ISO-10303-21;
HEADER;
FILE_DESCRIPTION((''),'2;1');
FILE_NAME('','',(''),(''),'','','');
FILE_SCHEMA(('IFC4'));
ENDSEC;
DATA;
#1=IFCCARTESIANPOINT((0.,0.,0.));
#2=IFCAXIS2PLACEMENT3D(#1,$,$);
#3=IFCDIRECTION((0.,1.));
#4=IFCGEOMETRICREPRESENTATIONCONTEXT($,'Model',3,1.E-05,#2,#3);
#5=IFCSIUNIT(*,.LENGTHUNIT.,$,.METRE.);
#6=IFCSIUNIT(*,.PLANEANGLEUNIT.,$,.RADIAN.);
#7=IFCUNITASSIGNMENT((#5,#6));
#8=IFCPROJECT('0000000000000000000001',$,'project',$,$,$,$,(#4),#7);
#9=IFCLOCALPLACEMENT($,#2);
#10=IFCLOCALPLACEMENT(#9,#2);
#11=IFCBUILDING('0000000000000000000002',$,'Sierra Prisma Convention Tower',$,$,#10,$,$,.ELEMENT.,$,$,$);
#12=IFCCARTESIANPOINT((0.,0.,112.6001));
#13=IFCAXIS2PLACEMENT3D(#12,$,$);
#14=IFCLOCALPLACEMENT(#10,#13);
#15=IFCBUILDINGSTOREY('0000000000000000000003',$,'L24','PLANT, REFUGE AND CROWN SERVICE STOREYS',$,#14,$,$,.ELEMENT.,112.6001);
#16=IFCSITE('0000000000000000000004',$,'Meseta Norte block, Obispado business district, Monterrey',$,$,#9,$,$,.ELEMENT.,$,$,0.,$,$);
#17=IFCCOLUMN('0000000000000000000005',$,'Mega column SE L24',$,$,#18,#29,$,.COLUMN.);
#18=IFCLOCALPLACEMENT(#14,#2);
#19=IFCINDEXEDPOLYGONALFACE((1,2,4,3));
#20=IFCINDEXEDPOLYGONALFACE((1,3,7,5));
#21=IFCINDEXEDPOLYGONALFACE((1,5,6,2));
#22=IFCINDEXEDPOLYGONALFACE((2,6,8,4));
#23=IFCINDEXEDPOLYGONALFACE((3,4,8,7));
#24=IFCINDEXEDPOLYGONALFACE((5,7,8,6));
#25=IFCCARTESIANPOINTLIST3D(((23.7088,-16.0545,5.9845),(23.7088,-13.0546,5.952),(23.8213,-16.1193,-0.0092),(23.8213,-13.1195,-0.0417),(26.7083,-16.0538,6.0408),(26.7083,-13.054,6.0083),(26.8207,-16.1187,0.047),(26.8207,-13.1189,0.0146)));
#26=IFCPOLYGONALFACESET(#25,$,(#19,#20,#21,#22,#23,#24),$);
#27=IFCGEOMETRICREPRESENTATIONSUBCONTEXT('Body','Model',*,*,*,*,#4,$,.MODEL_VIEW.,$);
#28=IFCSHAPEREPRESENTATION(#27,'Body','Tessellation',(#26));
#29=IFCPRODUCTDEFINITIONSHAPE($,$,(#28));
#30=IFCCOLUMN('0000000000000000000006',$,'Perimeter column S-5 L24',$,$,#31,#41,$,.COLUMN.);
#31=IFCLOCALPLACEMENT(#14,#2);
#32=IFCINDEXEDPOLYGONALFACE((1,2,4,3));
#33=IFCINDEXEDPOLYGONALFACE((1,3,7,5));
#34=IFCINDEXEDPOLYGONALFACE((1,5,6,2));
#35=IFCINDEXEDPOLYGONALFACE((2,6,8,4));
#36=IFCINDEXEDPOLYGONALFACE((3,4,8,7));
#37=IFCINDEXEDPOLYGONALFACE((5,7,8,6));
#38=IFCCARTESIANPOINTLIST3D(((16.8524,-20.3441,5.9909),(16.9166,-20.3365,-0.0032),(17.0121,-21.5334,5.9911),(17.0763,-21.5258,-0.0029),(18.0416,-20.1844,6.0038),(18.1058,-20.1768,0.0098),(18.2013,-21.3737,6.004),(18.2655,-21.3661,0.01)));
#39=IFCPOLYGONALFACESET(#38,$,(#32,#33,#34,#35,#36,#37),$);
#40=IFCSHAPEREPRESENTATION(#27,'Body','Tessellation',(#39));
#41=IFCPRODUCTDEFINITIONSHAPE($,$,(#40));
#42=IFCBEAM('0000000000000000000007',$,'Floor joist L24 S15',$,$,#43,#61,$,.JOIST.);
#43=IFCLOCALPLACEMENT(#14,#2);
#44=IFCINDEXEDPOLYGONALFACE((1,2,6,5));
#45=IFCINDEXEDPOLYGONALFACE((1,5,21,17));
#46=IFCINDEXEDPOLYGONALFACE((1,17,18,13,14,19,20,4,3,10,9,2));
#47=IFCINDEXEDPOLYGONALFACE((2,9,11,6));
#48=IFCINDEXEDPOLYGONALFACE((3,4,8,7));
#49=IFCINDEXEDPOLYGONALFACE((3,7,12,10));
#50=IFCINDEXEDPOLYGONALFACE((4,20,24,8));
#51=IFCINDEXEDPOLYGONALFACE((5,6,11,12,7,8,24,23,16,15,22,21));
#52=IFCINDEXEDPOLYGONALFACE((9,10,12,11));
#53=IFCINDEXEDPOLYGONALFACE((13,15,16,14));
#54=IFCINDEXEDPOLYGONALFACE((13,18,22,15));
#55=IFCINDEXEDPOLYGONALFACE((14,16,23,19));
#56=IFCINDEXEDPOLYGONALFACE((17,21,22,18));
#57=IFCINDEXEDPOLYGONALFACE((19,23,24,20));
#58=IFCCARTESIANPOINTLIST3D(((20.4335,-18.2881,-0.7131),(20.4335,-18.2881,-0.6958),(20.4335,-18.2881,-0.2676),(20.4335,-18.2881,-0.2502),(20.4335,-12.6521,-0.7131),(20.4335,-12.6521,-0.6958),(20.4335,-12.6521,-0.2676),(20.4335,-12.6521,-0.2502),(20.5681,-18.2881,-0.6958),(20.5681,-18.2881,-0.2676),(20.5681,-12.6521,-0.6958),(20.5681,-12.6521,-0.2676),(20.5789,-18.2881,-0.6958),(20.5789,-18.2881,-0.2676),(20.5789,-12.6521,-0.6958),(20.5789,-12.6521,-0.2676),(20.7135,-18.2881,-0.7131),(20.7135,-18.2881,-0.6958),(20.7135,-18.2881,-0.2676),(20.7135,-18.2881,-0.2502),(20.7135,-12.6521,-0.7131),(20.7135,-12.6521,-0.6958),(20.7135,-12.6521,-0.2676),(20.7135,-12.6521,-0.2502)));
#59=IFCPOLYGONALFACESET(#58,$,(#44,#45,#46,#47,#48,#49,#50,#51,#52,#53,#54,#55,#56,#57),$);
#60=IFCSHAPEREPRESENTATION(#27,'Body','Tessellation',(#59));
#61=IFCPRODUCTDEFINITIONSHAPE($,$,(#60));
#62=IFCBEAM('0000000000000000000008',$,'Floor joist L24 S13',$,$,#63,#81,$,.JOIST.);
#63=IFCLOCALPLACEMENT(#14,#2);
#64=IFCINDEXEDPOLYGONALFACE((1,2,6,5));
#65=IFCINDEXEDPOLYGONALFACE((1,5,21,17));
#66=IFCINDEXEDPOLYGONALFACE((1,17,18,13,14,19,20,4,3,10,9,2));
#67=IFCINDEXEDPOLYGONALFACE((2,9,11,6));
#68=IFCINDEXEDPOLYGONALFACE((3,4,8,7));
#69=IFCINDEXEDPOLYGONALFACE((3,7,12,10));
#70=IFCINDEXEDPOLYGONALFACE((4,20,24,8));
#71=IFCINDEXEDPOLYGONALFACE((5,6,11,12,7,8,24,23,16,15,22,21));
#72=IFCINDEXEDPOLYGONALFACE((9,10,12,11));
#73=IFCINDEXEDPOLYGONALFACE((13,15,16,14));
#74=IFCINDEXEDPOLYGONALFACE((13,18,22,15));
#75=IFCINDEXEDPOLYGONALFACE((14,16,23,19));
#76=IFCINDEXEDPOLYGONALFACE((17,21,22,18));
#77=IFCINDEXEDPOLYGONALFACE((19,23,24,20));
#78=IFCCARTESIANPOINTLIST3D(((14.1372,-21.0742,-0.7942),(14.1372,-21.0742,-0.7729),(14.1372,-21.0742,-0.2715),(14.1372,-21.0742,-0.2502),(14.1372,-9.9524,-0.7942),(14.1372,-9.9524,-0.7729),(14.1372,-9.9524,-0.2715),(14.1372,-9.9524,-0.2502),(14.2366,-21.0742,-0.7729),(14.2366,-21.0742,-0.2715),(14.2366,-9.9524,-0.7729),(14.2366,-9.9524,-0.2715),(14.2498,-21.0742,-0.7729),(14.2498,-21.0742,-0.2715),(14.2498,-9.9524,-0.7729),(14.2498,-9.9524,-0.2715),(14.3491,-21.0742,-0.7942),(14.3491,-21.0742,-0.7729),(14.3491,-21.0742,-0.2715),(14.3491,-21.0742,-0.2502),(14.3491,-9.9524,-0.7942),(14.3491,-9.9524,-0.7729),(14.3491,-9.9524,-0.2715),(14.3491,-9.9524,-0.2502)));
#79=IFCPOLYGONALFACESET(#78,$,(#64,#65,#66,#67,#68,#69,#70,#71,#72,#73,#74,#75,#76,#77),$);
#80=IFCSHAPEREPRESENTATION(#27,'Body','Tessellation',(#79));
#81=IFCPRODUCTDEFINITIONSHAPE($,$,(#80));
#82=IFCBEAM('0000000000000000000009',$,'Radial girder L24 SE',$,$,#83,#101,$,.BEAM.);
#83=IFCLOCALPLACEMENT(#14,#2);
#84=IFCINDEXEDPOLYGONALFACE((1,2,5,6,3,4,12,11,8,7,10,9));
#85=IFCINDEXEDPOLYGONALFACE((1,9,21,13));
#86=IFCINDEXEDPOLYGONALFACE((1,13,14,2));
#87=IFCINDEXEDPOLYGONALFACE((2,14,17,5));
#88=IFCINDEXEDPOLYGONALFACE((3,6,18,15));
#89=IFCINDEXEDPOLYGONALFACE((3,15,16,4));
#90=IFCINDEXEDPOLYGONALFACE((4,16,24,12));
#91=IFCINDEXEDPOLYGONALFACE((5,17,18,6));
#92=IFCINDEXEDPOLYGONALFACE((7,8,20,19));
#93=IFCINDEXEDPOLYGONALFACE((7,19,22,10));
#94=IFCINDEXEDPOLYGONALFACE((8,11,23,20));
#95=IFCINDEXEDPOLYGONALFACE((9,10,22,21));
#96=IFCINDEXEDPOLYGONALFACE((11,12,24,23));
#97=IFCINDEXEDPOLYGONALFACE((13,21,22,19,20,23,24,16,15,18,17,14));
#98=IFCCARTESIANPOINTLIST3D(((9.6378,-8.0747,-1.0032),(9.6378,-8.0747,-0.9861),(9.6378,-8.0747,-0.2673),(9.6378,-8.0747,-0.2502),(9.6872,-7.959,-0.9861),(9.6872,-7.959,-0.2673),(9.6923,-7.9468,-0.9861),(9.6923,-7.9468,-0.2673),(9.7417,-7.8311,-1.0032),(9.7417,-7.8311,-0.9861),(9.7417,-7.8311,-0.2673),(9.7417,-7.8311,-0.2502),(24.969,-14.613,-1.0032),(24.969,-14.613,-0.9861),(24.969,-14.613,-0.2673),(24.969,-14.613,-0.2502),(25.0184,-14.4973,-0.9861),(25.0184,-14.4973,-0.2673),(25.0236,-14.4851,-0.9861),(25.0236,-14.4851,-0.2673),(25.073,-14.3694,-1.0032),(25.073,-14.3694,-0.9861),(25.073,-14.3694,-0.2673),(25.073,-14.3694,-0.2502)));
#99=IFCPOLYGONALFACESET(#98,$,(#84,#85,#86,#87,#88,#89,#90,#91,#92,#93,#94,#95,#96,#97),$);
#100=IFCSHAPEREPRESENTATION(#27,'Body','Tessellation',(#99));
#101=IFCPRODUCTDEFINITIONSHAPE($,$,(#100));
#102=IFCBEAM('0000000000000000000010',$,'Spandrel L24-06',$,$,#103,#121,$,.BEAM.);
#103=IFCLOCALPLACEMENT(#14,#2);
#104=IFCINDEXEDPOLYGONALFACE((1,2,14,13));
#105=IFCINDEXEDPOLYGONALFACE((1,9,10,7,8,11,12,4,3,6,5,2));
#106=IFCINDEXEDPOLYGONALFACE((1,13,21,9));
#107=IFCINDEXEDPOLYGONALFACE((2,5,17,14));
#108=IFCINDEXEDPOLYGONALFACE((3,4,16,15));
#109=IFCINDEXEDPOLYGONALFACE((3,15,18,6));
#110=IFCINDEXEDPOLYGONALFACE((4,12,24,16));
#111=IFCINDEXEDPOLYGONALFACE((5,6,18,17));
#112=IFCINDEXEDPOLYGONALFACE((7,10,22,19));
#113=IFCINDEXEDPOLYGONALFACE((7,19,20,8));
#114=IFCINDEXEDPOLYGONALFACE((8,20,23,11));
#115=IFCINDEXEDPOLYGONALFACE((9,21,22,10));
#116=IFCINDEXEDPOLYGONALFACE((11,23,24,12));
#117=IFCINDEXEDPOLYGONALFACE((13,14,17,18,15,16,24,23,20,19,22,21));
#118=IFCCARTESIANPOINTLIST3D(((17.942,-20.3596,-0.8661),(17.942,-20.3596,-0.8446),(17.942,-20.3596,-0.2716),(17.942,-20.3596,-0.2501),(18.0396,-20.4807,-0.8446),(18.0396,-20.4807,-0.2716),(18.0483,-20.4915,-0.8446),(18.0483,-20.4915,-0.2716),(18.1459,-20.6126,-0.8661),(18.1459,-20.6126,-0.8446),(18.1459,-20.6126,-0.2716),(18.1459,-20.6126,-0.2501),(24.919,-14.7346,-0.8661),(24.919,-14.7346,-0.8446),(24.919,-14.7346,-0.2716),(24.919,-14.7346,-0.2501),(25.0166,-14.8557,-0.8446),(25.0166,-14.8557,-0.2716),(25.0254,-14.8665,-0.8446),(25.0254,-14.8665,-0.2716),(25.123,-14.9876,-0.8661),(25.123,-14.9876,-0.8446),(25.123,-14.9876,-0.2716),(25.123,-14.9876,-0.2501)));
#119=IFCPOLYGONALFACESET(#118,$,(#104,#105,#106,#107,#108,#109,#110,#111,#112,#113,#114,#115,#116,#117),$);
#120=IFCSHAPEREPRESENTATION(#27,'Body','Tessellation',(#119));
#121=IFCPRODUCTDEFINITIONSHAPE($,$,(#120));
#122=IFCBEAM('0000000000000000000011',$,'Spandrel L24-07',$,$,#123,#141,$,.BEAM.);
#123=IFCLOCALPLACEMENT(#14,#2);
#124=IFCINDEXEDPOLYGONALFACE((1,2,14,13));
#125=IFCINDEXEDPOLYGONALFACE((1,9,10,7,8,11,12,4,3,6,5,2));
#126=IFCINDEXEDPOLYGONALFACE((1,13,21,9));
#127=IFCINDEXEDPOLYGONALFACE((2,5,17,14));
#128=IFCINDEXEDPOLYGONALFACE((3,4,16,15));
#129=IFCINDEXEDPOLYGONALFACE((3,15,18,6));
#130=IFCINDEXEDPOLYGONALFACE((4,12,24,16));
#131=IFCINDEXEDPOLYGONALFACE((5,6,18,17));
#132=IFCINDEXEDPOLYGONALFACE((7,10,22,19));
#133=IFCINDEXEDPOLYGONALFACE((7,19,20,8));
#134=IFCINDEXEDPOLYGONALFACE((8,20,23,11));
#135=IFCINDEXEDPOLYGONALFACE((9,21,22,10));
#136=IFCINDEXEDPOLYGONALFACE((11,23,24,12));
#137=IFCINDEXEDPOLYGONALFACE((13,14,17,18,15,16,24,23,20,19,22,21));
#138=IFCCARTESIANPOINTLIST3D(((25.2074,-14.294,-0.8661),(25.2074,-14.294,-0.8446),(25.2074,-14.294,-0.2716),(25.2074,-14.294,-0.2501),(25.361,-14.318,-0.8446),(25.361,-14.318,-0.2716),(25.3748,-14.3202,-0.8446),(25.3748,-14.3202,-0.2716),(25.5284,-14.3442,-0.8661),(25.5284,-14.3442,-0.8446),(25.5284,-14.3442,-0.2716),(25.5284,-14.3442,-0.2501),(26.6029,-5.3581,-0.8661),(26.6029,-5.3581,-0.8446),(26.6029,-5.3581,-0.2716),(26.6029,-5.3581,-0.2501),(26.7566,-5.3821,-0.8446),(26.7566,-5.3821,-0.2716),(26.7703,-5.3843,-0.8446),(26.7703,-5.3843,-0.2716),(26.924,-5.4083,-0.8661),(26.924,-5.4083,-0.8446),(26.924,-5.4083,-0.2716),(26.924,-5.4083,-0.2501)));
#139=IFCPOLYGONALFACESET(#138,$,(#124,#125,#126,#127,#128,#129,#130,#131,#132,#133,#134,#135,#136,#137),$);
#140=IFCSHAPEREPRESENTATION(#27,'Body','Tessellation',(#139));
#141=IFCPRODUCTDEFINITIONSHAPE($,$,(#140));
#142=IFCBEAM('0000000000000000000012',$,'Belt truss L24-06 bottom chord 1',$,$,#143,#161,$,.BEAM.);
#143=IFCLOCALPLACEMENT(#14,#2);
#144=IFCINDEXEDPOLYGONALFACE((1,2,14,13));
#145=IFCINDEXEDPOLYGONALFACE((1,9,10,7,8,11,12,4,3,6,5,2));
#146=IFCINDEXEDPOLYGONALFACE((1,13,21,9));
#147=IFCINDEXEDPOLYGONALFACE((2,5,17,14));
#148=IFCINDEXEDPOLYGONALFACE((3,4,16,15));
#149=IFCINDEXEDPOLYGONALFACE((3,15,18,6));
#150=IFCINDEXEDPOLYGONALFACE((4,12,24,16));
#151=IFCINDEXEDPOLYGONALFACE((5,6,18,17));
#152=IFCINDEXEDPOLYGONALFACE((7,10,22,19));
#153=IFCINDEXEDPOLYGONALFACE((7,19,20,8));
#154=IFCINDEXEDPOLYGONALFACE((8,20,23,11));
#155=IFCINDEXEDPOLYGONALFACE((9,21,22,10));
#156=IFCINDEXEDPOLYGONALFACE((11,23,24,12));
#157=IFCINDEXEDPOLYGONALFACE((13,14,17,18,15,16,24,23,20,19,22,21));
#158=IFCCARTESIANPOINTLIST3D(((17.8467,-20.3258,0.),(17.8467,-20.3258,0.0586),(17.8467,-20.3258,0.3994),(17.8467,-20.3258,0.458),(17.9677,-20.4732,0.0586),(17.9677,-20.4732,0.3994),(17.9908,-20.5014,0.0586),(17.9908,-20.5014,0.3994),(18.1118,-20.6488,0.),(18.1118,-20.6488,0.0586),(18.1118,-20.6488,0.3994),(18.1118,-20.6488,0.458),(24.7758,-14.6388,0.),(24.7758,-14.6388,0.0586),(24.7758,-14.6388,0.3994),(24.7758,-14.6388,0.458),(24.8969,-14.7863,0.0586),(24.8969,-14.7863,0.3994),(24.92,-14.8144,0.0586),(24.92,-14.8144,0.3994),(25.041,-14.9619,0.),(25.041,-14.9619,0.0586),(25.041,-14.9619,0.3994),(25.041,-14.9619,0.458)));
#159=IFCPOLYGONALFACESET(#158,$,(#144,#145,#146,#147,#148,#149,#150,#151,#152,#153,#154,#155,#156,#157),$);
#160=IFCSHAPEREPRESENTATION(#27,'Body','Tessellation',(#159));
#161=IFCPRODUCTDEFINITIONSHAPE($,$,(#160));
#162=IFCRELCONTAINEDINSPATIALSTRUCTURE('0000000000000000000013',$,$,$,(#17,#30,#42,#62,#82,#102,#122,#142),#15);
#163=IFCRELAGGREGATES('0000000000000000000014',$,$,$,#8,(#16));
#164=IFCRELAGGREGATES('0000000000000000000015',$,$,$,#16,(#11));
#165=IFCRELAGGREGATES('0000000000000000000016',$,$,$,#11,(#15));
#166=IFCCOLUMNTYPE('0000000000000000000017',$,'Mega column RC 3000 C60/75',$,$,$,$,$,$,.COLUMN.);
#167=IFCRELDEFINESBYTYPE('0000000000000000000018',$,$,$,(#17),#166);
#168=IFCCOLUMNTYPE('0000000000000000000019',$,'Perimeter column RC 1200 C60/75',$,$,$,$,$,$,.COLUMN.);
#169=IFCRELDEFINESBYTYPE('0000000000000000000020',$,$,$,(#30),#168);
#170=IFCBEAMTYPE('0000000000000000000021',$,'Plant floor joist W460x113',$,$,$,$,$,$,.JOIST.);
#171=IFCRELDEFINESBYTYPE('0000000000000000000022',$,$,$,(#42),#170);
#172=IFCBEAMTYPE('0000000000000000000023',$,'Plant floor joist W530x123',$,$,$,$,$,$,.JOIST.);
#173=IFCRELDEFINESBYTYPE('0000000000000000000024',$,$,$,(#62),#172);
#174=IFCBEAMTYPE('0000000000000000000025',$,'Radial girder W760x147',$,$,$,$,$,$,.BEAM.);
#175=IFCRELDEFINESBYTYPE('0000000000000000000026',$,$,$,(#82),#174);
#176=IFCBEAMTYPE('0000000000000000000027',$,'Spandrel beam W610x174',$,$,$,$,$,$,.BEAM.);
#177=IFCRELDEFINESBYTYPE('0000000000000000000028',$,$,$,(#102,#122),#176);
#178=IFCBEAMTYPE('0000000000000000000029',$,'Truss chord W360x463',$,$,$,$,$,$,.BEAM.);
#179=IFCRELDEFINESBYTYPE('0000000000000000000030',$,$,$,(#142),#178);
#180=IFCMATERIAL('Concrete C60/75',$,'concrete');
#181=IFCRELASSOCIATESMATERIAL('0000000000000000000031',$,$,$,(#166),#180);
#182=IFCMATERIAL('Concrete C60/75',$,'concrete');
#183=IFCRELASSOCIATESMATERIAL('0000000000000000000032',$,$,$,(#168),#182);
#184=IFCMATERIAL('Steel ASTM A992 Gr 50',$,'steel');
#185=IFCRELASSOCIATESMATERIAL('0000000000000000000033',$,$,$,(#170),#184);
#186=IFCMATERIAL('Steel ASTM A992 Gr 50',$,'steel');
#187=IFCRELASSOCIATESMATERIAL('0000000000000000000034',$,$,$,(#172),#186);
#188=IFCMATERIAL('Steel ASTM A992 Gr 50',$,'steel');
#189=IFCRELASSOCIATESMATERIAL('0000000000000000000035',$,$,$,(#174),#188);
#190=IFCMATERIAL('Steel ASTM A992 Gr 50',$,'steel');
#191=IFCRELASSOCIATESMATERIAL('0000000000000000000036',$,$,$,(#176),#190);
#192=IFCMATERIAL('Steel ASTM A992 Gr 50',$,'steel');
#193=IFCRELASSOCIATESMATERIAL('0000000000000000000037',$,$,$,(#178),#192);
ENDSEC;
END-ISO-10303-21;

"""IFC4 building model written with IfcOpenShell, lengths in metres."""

from ifc_helpers import new_model, si_unit, direction, frame, origin, origin_2d, place, context, subcontext, project, spatial, rectangle, i_section, extrude, clip, halfspace, material, material_profile, profile_set, type_object, element, save


model = new_model("IFC4")

# Units and contexts
model_context = context("Model", 3, precision=1e-05, world=origin(), true_north=direction((0.0, 1.0)))
body_context = subcontext(model_context, "Body", "Model", "MODEL_VIEW")
ifc_project = project(units=[si_unit("LENGTHUNIT", "METRE"), si_unit("PLANEANGLEUNIT", "RADIAN")], contexts=[model_context])

# Site, building, storey
site_placement = place(None, origin())
site = spatial("IfcSite", under=ifc_project, at=site_placement, Name="Meseta Norte block, Obispado business district, Monterrey", CompositionType="ELEMENT", RefElevation=0.0)
building_placement = place(site_placement, origin())
building = spatial("IfcBuilding", under=site, at=building_placement, Name="Sierra Prisma Convention Tower", CompositionType="ELEMENT")
storey_placement = place(building_placement, frame((0.0, 0.0, 112.6001)))
storey = spatial("IfcBuildingStorey", under=building, at=storey_placement, Name="L24", Description="PLANT, REFUGE AND CROWN SERVICE STOREYS", CompositionType="ELEMENT", Elevation=112.6001)

# Columns
ifc_material_1 = material(Name="Concrete C60/75", Category="concrete")
ifc_material_profile_1 = material_profile(ifc_material_1, rectangle(XDim=3.0, YDim=3.0, at=origin_2d()), Name="Mega column RC 3000 C60/75")
ifc_profile_set_1 = profile_set([ifc_material_profile_1], Name="Concrete C60/75")
column_type_1 = type_object("IfcColumnType", Name="Mega column RC 3000 C60/75", PredefinedType="COLUMN", material=ifc_profile_set_1)
column_1_placement = place(storey_placement, frame((25.321, -14.6191, 0.0), z_axis=(-0.018754, 0.010821, 0.999766), x_axis=(0.999824, 0.000203, 0.018753)))
element("IfcColumn", 1, at=column_1_placement, inside=storey, type_object=column_type_1, Name="Mega column SE L24", PredefinedType="COLUMN", context=body_context, shape_type="SweptSolid", body=[
    clip(clip(extrude(rectangle(XDim=3.0, YDim=3.0, at=origin_2d()), origin(), (0.0, 0.0, 1.0), 6.0015), halfspace(frame((0.0, 0.0, 0.0027)), True)), halfspace(frame((0.0, 0.0, 5.9978)), False)),
])
ifc_material_2 = material(Name="Concrete C60/75", Category="concrete")
ifc_material_profile_2 = material_profile(ifc_material_2, rectangle(XDim=1.2, YDim=1.2, at=origin_2d()), Name="Perimeter column RC 1200 C60/75")
ifc_profile_set_2 = profile_set([ifc_material_profile_2], Name="Concrete C60/75")
column_type_2 = type_object("IfcColumnType", Name="Perimeter column RC 1200 C60/75", PredefinedType="COLUMN", material=ifc_profile_set_2)
column_2_placement = place(storey_placement, frame((17.5911, -20.8513, 0.0), z_axis=(-0.010701, -0.001261, 0.999942), x_axis=(0.991046, 0.133087, 0.010774)))
element("IfcColumn", 2, at=column_2_placement, inside=storey, type_object=column_type_2, Name="Perimeter column S-5 L24", PredefinedType="COLUMN", context=body_context, shape_type="SweptSolid", body=[
    clip(clip(extrude(rectangle(XDim=1.2, YDim=1.2, at=origin_2d()), origin(), (0.0, 0.0, 1.0), 6.0002), halfspace(frame((0.0, 0.0, 0.0034)), True)), halfspace(frame((0.0, 0.0, 5.9978)), False)),
])

# Beams
ifc_material_3 = material(Name="Steel ASTM A992 Gr 50", Category="steel")
ifc_material_profile_3 = material_profile(ifc_material_3, i_section(OverallWidth=0.28, OverallDepth=0.4629, WebThickness=0.0107, FlangeThickness=0.0173, at=origin_2d()), Name="W460x113")
ifc_profile_set_3 = profile_set([ifc_material_profile_3], Name="Steel ASTM A992 Gr 50")
beam_type_1 = type_object("IfcBeamType", Name="Plant floor joist W460x113", PredefinedType="JOIST", material=ifc_profile_set_3)
beam_1_placement = place(storey_placement, frame((20.5735, -18.2881, -0.4817), z_axis=(0.0, 1.0, 0.0), x_axis=(-1.0, 0.0, 0.0)))
element("IfcBeam", 3, at=beam_1_placement, inside=storey, type_object=beam_type_1, Name="Floor joist L24 S15", PredefinedType="JOIST", context=body_context, shape_type="SweptSolid", body=[
    extrude(i_section(OverallWidth=0.28, OverallDepth=0.4629, WebThickness=0.0107, FlangeThickness=0.0173, at=origin_2d()), origin(), (0.0, 0.0, 1.0), 5.636),
])
ifc_material_4 = material(Name="Steel ASTM A992 Gr 50", Category="steel")
ifc_material_profile_4 = material_profile(ifc_material_4, i_section(OverallWidth=0.2119, OverallDepth=0.5439, WebThickness=0.0132, FlangeThickness=0.0212, at=origin_2d()), Name="W530x123")
ifc_profile_set_4 = profile_set([ifc_material_profile_4], Name="Steel ASTM A992 Gr 50")
beam_type_2 = type_object("IfcBeamType", Name="Plant floor joist W530x123", PredefinedType="JOIST", material=ifc_profile_set_4)
beam_2_placement = place(storey_placement, frame((14.2432, -21.0742, -0.5222), z_axis=(0.0, 1.0, 0.0), x_axis=(-1.0, 0.0, 0.0)))
element("IfcBeam", 4, at=beam_2_placement, inside=storey, type_object=beam_type_2, Name="Floor joist L24 S13", PredefinedType="JOIST", context=body_context, shape_type="SweptSolid", body=[
    extrude(i_section(OverallWidth=0.2119, OverallDepth=0.5439, WebThickness=0.0132, FlangeThickness=0.0212, at=origin_2d()), origin(), (0.0, 0.0, 1.0), 11.1218),
])
ifc_material_5 = material(Name="Steel ASTM A992 Gr 50", Category="steel")
ifc_material_profile_5 = material_profile(ifc_material_5, i_section(OverallWidth=0.2649, OverallDepth=0.7529, WebThickness=0.0132, FlangeThickness=0.0171, at=origin_2d()), Name="W760x147")
ifc_profile_set_5 = profile_set([ifc_material_profile_5], Name="Steel ASTM A992 Gr 50")
beam_type_3 = type_object("IfcBeamType", Name="Radial girder W760x147", PredefinedType="BEAM", material=ifc_profile_set_5)
beam_3_placement = place(storey_placement, frame((25.021, -14.4912, -0.6267), z_axis=(-0.919844, 0.392285, 0.0), x_axis=(-0.392285, -0.919844, 0.0)))
element("IfcBeam", 5, at=beam_3_placement, inside=storey, type_object=beam_type_3, Name="Radial girder L24 SE", PredefinedType="BEAM", context=body_context, shape_type="SweptSolid", body=[
    extrude(i_section(OverallWidth=0.2649, OverallDepth=0.7529, WebThickness=0.0132, FlangeThickness=0.0171, at=origin_2d()), origin(), (0.0, 0.0, 1.0), 16.6672),
])
ifc_material_6 = material(Name="Steel ASTM A992 Gr 50", Category="steel")
ifc_material_profile_6 = material_profile(ifc_material_6, i_section(OverallWidth=0.325, OverallDepth=0.616, WebThickness=0.0139, FlangeThickness=0.0215, at=origin_2d()), Name="W610x174")
ifc_profile_set_6 = profile_set([ifc_material_profile_6], Name="Steel ASTM A992 Gr 50")
beam_type_4 = type_object("IfcBeamType", Name="Spandrel beam W610x174", PredefinedType="BEAM", material=ifc_profile_set_6)
beam_4_placement = place(storey_placement, frame((18.0439, -20.4861, -0.5581), z_axis=(0.778503, 0.627641, 0.0), x_axis=(-0.627641, 0.778503, 0.0)))
element("IfcBeam", 6, at=beam_4_placement, inside=storey, type_object=beam_type_4, Name="Spandrel L24-06", PredefinedType="BEAM", context=body_context, shape_type="SweptSolid", body=[
    extrude(i_section(OverallWidth=0.325, OverallDepth=0.616, WebThickness=0.0139, FlangeThickness=0.0215, at=origin_2d()), origin(), (0.0, 0.0, 1.0), 8.9622),
])
beam_5_placement = place(storey_placement, frame((25.3679, -14.3191, -0.5581), z_axis=(0.1543, 0.988024, 0.0), x_axis=(-0.988024, 0.1543, 0.0)))
element("IfcBeam", 7, at=beam_5_placement, inside=storey, type_object=beam_type_4, Name="Spandrel L24-07", PredefinedType="BEAM", context=body_context, shape_type="SweptSolid", body=[
    extrude(i_section(OverallWidth=0.325, OverallDepth=0.616, WebThickness=0.0139, FlangeThickness=0.0215, at=origin_2d()), origin(), (0.0, 0.0, 1.0), 9.0442),
])
ifc_material_7 = material(Name="Steel ASTM A992 Gr 50", Category="steel")
ifc_material_profile_7 = material_profile(ifc_material_7, i_section(OverallWidth=0.418, OverallDepth=0.458, WebThickness=0.0364, FlangeThickness=0.0586, at=origin_2d()), Name="W360x463")
ifc_profile_set_7 = profile_set([ifc_material_profile_7], Name="Steel ASTM A992 Gr 50")
beam_type_5 = type_object("IfcBeamType", Name="Truss chord W360x463", PredefinedType="BEAM", material=ifc_profile_set_7)
beam_6_placement = place(storey_placement, frame((17.9792, -20.4873, 0.229), z_axis=(0.77299, 0.634418, 0.0), x_axis=(-0.634418, 0.77299, 0.0)))
element("IfcBeam", 8, at=beam_6_placement, inside=storey, type_object=beam_type_5, Name="Belt truss L24-06 bottom chord 1", PredefinedType="BEAM", context=body_context, shape_type="SweptSolid", body=[
    extrude(i_section(OverallWidth=0.418, OverallDepth=0.458, WebThickness=0.0364, FlangeThickness=0.0586, at=origin_2d()), origin(), (0.0, 0.0, 1.0), 8.9641),
])

save(model, "model.ifc")
